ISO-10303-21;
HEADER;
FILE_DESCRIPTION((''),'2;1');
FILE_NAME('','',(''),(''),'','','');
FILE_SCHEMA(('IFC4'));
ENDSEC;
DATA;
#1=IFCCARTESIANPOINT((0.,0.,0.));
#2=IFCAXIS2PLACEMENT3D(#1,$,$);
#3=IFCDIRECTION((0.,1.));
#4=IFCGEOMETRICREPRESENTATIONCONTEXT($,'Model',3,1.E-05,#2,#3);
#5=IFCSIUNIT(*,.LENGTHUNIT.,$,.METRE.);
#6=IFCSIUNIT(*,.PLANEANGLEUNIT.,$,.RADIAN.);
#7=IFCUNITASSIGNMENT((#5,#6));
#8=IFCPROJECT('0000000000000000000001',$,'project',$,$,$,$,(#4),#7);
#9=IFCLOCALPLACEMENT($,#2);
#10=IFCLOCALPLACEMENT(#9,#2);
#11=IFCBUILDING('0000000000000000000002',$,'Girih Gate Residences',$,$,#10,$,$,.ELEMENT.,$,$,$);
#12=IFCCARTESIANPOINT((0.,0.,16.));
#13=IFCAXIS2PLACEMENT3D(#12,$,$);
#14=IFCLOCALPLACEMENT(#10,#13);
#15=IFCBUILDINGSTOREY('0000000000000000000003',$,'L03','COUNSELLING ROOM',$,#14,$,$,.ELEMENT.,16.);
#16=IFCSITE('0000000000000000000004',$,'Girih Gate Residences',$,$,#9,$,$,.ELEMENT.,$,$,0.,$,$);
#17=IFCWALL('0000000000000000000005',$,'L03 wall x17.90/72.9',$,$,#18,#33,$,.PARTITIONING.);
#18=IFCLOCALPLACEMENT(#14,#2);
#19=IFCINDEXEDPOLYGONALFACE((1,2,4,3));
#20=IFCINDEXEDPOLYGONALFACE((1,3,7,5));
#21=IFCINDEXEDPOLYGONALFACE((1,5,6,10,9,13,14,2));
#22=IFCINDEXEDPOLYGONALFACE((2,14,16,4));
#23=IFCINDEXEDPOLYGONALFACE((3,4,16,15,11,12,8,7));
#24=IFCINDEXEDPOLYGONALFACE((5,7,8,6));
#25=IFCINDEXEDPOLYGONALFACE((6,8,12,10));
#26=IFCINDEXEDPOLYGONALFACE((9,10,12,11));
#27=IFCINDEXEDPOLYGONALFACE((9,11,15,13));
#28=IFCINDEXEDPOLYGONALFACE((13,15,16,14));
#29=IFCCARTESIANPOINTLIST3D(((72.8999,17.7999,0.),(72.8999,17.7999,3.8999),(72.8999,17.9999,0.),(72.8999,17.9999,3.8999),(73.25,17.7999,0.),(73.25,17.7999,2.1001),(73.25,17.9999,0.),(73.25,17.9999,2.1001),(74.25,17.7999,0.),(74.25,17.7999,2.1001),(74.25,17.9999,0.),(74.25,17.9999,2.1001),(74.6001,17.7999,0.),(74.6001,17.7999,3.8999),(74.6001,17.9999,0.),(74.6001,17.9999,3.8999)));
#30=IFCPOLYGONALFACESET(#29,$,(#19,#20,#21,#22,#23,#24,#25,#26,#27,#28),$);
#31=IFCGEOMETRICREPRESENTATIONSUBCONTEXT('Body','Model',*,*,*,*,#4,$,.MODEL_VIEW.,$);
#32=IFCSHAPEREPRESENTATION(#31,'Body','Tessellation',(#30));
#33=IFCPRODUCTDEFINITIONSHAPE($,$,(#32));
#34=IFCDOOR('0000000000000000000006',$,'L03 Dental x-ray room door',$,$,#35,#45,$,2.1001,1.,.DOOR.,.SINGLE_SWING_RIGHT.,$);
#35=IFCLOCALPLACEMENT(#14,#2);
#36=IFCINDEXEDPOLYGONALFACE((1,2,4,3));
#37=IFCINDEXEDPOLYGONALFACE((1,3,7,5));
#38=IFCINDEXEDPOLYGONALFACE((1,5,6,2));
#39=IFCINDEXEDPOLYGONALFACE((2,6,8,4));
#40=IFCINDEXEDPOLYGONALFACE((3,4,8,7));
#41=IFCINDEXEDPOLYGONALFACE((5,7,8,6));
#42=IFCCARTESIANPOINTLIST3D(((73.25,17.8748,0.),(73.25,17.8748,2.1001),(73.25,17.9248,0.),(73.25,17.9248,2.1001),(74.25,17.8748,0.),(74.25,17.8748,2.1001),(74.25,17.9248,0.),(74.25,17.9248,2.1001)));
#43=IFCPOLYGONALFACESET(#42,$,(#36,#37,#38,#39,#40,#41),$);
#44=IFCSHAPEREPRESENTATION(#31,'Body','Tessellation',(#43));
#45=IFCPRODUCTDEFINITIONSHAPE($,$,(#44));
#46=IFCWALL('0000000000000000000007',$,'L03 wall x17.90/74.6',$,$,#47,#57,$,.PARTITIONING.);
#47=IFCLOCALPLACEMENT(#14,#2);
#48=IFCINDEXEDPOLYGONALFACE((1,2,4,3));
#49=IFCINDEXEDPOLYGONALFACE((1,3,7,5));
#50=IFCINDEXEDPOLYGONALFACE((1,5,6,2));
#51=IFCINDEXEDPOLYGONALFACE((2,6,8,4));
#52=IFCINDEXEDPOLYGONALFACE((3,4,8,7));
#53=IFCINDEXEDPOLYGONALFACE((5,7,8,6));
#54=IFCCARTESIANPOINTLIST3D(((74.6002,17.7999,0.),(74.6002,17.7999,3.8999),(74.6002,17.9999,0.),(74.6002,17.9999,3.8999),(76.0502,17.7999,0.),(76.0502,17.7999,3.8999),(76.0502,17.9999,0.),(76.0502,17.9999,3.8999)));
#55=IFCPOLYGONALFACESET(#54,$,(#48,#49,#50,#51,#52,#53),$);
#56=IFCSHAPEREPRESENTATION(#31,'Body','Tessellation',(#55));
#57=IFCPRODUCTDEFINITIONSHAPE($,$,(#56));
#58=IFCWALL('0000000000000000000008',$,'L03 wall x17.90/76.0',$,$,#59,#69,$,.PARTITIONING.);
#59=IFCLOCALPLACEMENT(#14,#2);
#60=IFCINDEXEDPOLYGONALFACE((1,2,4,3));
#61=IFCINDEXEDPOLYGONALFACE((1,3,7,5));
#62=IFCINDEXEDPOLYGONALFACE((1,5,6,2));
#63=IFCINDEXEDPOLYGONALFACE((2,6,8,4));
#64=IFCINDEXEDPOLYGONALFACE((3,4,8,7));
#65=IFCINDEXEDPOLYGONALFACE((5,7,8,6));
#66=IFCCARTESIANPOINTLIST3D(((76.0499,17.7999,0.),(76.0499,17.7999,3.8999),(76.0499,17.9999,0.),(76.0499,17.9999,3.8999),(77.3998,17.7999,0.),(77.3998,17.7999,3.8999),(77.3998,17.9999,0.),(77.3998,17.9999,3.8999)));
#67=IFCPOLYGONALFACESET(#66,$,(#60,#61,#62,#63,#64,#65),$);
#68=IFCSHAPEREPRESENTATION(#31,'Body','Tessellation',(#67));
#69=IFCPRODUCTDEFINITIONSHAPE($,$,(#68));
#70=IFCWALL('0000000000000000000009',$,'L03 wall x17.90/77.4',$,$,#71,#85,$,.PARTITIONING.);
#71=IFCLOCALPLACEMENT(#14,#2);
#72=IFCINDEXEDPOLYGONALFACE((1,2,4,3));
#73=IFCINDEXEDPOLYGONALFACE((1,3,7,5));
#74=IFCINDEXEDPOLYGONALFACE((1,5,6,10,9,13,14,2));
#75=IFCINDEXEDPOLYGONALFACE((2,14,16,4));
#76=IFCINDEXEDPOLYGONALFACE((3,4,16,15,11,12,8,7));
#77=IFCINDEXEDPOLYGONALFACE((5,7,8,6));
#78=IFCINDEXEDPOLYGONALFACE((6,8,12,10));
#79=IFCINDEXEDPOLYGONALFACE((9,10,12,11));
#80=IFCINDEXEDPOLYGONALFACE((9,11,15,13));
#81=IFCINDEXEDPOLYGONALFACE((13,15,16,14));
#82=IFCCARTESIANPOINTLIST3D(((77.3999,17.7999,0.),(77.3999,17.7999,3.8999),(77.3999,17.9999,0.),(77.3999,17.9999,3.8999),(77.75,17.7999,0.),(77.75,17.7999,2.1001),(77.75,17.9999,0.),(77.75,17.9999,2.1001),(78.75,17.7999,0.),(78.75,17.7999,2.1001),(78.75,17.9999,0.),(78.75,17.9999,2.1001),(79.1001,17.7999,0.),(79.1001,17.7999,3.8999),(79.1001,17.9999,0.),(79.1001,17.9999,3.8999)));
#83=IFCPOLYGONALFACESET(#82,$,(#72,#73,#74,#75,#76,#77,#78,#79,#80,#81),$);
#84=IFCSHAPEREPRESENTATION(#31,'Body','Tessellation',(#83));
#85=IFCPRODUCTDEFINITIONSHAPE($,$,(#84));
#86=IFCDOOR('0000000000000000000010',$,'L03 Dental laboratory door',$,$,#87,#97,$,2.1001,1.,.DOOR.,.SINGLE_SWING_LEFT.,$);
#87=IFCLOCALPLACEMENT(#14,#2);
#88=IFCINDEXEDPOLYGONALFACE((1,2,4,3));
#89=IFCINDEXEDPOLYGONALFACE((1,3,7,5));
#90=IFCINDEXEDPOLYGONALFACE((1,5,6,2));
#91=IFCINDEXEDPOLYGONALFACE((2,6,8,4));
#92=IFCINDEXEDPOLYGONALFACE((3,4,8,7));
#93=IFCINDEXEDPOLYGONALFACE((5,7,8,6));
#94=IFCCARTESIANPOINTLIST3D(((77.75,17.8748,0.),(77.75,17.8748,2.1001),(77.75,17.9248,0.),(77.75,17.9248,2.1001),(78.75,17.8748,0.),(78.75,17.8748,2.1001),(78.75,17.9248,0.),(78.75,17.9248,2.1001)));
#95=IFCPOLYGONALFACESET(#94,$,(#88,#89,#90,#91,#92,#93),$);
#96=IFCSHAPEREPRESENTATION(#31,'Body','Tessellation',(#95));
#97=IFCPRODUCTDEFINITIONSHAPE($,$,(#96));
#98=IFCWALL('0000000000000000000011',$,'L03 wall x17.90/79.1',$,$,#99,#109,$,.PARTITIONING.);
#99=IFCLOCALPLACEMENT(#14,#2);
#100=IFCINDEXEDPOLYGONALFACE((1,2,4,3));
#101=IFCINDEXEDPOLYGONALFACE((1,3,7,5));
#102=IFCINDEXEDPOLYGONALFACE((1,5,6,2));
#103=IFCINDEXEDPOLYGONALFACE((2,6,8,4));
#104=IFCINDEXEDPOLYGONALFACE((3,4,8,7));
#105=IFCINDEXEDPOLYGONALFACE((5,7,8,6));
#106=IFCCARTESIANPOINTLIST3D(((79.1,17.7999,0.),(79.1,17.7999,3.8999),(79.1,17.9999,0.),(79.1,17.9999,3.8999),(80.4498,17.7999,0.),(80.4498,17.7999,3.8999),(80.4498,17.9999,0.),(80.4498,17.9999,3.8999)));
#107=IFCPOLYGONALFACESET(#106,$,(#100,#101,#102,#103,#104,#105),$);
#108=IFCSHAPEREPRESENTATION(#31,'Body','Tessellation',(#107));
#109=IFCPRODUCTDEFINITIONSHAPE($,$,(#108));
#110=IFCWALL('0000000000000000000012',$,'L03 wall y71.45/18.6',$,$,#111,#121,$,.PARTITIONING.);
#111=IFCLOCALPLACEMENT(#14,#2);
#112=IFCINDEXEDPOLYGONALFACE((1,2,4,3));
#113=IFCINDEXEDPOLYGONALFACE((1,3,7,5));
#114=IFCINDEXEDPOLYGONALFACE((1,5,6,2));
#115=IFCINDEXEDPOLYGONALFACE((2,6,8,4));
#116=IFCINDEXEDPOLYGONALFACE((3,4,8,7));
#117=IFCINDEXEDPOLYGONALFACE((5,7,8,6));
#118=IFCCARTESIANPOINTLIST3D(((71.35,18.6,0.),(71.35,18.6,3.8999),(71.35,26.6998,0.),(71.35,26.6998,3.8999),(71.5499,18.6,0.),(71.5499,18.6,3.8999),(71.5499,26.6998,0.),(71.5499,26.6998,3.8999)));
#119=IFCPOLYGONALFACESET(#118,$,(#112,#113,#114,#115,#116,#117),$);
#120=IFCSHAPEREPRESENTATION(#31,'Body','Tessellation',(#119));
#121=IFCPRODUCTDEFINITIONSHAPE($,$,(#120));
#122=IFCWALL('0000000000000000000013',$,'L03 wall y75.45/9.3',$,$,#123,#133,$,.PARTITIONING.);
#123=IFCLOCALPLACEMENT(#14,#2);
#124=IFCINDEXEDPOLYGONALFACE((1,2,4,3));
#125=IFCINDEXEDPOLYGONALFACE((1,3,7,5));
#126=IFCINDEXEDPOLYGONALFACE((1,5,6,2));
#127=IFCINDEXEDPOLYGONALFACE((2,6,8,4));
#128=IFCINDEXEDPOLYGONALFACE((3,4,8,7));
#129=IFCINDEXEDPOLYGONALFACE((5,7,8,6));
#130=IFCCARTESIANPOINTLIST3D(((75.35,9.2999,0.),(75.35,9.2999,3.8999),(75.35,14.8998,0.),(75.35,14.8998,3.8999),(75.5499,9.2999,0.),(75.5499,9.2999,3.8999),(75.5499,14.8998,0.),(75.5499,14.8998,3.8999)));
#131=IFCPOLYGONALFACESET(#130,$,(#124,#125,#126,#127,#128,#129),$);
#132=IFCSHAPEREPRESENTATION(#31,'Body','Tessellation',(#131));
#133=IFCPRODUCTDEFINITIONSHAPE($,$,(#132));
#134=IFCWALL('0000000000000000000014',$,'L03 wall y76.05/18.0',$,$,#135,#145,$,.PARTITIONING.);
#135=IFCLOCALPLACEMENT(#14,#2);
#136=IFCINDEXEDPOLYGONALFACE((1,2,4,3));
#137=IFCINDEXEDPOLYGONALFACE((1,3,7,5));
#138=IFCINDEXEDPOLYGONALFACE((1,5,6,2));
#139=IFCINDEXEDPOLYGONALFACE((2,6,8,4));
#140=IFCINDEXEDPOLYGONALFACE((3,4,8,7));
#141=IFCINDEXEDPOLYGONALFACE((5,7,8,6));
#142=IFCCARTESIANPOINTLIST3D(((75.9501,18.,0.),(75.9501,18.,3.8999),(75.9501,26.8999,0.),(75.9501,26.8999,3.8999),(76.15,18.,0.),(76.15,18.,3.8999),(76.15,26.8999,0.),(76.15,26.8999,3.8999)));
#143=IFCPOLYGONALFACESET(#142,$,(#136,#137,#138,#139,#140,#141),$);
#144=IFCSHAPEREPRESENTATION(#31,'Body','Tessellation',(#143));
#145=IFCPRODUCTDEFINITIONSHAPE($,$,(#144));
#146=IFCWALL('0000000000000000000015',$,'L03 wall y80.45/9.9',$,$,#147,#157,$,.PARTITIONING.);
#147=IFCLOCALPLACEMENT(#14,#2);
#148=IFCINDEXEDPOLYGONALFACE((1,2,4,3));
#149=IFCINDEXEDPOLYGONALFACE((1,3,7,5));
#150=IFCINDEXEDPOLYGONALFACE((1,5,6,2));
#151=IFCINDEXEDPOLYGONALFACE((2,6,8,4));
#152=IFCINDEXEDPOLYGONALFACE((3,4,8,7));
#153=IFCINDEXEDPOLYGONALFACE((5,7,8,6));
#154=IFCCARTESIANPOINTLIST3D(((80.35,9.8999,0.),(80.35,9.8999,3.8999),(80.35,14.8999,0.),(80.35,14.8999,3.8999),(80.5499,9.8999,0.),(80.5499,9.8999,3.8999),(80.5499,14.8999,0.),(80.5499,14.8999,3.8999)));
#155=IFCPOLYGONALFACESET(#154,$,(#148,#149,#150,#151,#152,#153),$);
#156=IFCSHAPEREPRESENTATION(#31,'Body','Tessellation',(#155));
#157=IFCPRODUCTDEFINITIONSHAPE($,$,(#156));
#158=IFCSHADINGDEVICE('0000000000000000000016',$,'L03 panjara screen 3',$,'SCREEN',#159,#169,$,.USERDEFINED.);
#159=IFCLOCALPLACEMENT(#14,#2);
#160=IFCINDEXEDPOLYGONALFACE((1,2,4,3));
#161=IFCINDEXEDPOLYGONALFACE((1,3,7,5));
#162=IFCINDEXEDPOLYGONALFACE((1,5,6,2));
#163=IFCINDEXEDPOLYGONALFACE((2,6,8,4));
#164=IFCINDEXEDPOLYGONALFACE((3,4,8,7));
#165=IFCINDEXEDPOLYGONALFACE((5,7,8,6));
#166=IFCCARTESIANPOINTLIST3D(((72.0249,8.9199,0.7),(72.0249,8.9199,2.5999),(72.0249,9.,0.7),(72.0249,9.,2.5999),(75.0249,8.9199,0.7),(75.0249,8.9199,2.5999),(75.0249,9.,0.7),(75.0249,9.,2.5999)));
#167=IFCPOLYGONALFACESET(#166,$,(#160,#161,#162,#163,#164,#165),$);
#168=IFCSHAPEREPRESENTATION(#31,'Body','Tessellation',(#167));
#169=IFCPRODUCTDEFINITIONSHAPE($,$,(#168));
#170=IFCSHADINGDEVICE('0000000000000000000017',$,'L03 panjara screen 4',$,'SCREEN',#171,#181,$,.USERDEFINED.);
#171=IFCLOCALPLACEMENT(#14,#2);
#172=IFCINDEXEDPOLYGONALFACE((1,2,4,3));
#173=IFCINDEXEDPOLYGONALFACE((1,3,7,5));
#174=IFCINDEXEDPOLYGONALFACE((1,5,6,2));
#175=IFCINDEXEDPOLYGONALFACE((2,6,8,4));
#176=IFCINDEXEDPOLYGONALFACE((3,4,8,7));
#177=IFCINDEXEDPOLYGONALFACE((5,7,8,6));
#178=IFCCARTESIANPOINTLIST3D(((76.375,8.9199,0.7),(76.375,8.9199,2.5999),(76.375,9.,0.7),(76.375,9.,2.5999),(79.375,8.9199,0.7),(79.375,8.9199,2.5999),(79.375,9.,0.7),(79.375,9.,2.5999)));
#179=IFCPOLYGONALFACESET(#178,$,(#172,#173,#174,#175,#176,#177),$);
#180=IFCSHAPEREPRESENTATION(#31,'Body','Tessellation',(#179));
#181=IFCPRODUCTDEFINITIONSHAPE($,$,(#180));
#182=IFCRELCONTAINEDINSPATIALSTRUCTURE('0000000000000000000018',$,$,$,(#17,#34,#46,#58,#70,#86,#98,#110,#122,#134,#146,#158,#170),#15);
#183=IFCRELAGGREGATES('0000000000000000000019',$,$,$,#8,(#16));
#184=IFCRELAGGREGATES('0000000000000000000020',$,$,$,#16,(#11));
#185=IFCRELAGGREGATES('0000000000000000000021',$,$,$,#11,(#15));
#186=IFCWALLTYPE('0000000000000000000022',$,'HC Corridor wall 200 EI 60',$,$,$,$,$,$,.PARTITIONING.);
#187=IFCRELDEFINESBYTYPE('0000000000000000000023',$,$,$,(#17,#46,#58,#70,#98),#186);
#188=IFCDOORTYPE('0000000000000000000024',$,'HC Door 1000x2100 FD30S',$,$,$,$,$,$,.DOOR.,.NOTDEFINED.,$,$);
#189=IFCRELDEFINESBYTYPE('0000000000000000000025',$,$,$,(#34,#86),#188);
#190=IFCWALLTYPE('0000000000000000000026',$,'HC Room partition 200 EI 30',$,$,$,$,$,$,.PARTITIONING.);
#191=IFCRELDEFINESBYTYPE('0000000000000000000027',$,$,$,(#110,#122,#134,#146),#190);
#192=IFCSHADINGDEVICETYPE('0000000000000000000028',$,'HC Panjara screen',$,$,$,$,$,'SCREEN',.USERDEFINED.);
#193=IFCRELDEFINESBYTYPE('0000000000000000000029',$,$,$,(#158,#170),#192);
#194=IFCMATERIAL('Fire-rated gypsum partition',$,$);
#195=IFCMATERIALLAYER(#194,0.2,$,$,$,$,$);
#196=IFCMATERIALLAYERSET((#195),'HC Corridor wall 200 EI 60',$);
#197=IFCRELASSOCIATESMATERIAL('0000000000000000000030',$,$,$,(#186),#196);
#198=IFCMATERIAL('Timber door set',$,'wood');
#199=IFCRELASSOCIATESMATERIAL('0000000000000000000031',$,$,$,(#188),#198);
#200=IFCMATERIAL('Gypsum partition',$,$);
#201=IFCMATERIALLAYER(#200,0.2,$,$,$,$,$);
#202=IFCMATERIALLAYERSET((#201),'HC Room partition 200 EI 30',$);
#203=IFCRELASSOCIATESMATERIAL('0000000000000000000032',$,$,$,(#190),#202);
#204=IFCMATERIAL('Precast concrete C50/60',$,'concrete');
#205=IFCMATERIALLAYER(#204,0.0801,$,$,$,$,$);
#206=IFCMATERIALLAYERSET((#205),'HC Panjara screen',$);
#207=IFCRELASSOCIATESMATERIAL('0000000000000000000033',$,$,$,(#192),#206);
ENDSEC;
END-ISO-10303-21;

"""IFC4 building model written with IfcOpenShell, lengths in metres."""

from ifc_helpers import new_model, si_unit, direction, frame, frame_2d, origin, origin_2d, place, context, subcontext, project, spatial, rectangle, extrude, material, layer, layer_set, type_object, element, fill, save


model = new_model("IFC4")

# Units and contexts
model_context = context("Model", 3, precision=1e-05, world=origin(), true_north=direction((0.0, 1.0)))
body_context = subcontext(model_context, "Body", "Model", "MODEL_VIEW")
ifc_project = project(units=[si_unit("LENGTHUNIT", "METRE"), si_unit("PLANEANGLEUNIT", "RADIAN")], contexts=[model_context])

# Site, building, storey
site_placement = place(None, origin())
site = spatial("IfcSite", under=ifc_project, at=site_placement, Name="Girih Gate Residences", CompositionType="ELEMENT", RefElevation=0.0)
building_placement = place(site_placement, origin())
building = spatial("IfcBuilding", under=site, at=building_placement, Name="Girih Gate Residences", CompositionType="ELEMENT")
storey_placement = place(building_placement, frame((0.0, 0.0, 16.0)))
storey = spatial("IfcBuildingStorey", under=building, at=storey_placement, Name="L03", Description="COUNSELLING ROOM", CompositionType="ELEMENT", Elevation=16.0)

# Shared definitions
ifc_material_1 = material(Name="Fire-rated gypsum partition")
ifc_layer_1 = layer(ifc_material_1, 0.2)
ifc_layer_set_1 = layer_set([ifc_layer_1], Name="HC Corridor wall 200 EI 60")
wall_type_1 = type_object("IfcWallType", Name="HC Corridor wall 200 EI 60", PredefinedType="PARTITIONING", material=ifc_layer_set_1)
ifc_material_2 = material(Name="Timber door set", Category="wood")
door_type = type_object("IfcDoorType", Name="HC Door 1000x2100 FD30S", OperationType="NOTDEFINED", PredefinedType="DOOR", material=ifc_material_2)

# Wall, opening, door
wall_1_placement = place(storey_placement, frame((72.8999, 17.8999, 0.0), z_axis=(0.0, 0.0, 1.0), x_axis=(1.0, 0.0, 0.0)))
wall_1 = element("IfcWall", 1, at=wall_1_placement, inside=storey, type_object=wall_type_1, Name="L03 wall x17.90/72.9", PredefinedType="PARTITIONING", context=body_context, shape_type="SweptSolid", body=[
    extrude(rectangle(XDim=1.7002, YDim=0.2, at=frame_2d((0.8501, 0.0))), origin(), (0.0, 0.0, 1.0), 3.8999),
])
opening_1_placement = place(wall_1_placement, frame((0.3501, 0.0, 0.0)))
opening_1 = element("IfcOpeningElement", 2, at=opening_1_placement, cuts=wall_1, PredefinedType="OPENING", context=body_context, shape_type="SweptSolid", body=[
    extrude(rectangle(XDim=1.0, YDim=2.1001, at=frame_2d((0.5, 1.05))), frame((0.0, 0.1099, 0.0), z_axis=(0.0, -1.0, 0.0), x_axis=(1.0, 0.0, 0.0)), (0.0, 0.0, 1.0), 0.22),
])
door_1_placement = place(opening_1_placement, origin())
door_1 = element("IfcDoor", 3, at=door_1_placement, inside=storey, type_object=door_type, Name="L03 Dental x-ray room door", OperationType="SINGLE_SWING_RIGHT", OverallHeight=2.1001, OverallWidth=1.0, PredefinedType="DOOR", context=body_context, shape_type="SweptSolid", body=[
    extrude(rectangle(XDim=1.0, YDim=2.1001, at=frame_2d((0.5, 1.05))), frame((0.0, 0.0249, 0.0), z_axis=(0.0, -1.0, 0.0), x_axis=(1.0, 0.0, 0.0)), (0.0, 0.0, 1.0), 0.05),
])
fill(opening_1, door_1)

# Walls
wall_2_placement = place(storey_placement, frame((74.6001, 17.8999, 0.0), z_axis=(0.0, 0.0, 1.0), x_axis=(1.0, 0.0, 0.0)))
element("IfcWall", 4, at=wall_2_placement, inside=storey, type_object=wall_type_1, Name="L03 wall x17.90/74.6", PredefinedType="PARTITIONING", context=body_context, shape_type="SweptSolid", body=[
    extrude(rectangle(XDim=1.45, YDim=0.2, at=frame_2d((0.7251, 0.0))), origin(), (0.0, 0.0, 1.0), 3.8999),
])
wall_3_placement = place(storey_placement, frame((76.05, 17.8999, 0.0), z_axis=(0.0, 0.0, 1.0), x_axis=(1.0, 0.0, 0.0)))
element("IfcWall", 5, at=wall_3_placement, inside=storey, type_object=wall_type_1, Name="L03 wall x17.90/76.0", PredefinedType="PARTITIONING", context=body_context, shape_type="SweptSolid", body=[
    extrude(rectangle(XDim=1.3499, YDim=0.2, at=frame_2d((0.6748, 0.0))), origin(), (0.0, 0.0, 1.0), 3.8999),
])

# Wall, opening, door
wall_4_placement = place(storey_placement, frame((77.3999, 17.8999, 0.0), z_axis=(0.0, 0.0, 1.0), x_axis=(1.0, 0.0, 0.0)))
wall_4 = element("IfcWall", 6, at=wall_4_placement, inside=storey, type_object=wall_type_1, Name="L03 wall x17.90/77.4", PredefinedType="PARTITIONING", context=body_context, shape_type="SweptSolid", body=[
    extrude(rectangle(XDim=1.7002, YDim=0.2, at=frame_2d((0.8501, 0.0))), origin(), (0.0, 0.0, 1.0), 3.8999),
])
opening_2_placement = place(wall_4_placement, frame((0.3501, 0.0, 0.0)))
opening_2 = element("IfcOpeningElement", 7, at=opening_2_placement, cuts=wall_4, PredefinedType="OPENING", context=body_context, shape_type="SweptSolid", body=[
    extrude(rectangle(XDim=1.0, YDim=2.1001, at=frame_2d((0.5, 1.05))), frame((0.0, 0.1099, 0.0), z_axis=(0.0, -1.0, 0.0), x_axis=(1.0, 0.0, 0.0)), (0.0, 0.0, 1.0), 0.22),
])
door_2_placement = place(opening_2_placement, origin())
door_2 = element("IfcDoor", 8, at=door_2_placement, inside=storey, type_object=door_type, Name="L03 Dental laboratory door", OperationType="SINGLE_SWING_LEFT", OverallHeight=2.1001, OverallWidth=1.0, PredefinedType="DOOR", context=body_context, shape_type="SweptSolid", body=[
    extrude(rectangle(XDim=1.0, YDim=2.1001, at=frame_2d((0.5, 1.05))), frame((0.0, 0.0249, 0.0), z_axis=(0.0, -1.0, 0.0), x_axis=(1.0, 0.0, 0.0)), (0.0, 0.0, 1.0), 0.05),
])
fill(opening_2, door_2)

# Walls
wall_5_placement = place(storey_placement, frame((79.1001, 17.8999, 0.0), z_axis=(0.0, 0.0, 1.0), x_axis=(1.0, 0.0, 0.0)))
element("IfcWall", 9, at=wall_5_placement, inside=storey, type_object=wall_type_1, Name="L03 wall x17.90/79.1", PredefinedType="PARTITIONING", context=body_context, shape_type="SweptSolid", body=[
    extrude(rectangle(XDim=1.3499, YDim=0.2, at=frame_2d((0.6748, 0.0))), origin(), (0.0, 0.0, 1.0), 3.8999),
])
ifc_material_3 = material(Name="Gypsum partition")
ifc_layer_2 = layer(ifc_material_3, 0.2)
ifc_layer_set_2 = layer_set([ifc_layer_2], Name="HC Room partition 200 EI 30")
wall_type_2 = type_object("IfcWallType", Name="HC Room partition 200 EI 30", PredefinedType="PARTITIONING", material=ifc_layer_set_2)
wall_6_placement = place(storey_placement, frame((71.45, 18.6001, 0.0), z_axis=(0.0, 0.0, 1.0), x_axis=(0.0, 1.0, 0.0)))
element("IfcWall", 10, at=wall_6_placement, inside=storey, type_object=wall_type_2, Name="L03 wall y71.45/18.6", PredefinedType="PARTITIONING", context=body_context, shape_type="SweptSolid", body=[
    extrude(rectangle(XDim=8.0999, YDim=0.2, at=frame_2d((4.0498, 0.0))), origin(), (0.0, 0.0, 1.0), 3.8999),
])
wall_7_placement = place(storey_placement, frame((75.45, 9.3, 0.0), z_axis=(0.0, 0.0, 1.0), x_axis=(0.0, 1.0, 0.0)))
element("IfcWall", 11, at=wall_7_placement, inside=storey, type_object=wall_type_2, Name="L03 wall y75.45/9.3", PredefinedType="PARTITIONING", context=body_context, shape_type="SweptSolid", body=[
    extrude(rectangle(XDim=5.5999, YDim=0.2, at=frame_2d((2.7998, 0.0))), origin(), (0.0, 0.0, 1.0), 3.8999),
])
wall_8_placement = place(storey_placement, frame((76.05, 18.0, 0.0), z_axis=(0.0, 0.0, 1.0), x_axis=(0.0, 1.0, 0.0)))
element("IfcWall", 12, at=wall_8_placement, inside=storey, type_object=wall_type_2, Name="L03 wall y76.05/18.0", PredefinedType="PARTITIONING", context=body_context, shape_type="SweptSolid", body=[
    extrude(rectangle(XDim=8.8999, YDim=0.2, at=frame_2d((4.45, 0.0))), origin(), (0.0, 0.0, 1.0), 3.8999),
])
wall_9_placement = place(storey_placement, frame((80.45, 9.8999, 0.0), z_axis=(0.0, 0.0, 1.0), x_axis=(0.0, 1.0, 0.0)))
element("IfcWall", 13, at=wall_9_placement, inside=storey, type_object=wall_type_2, Name="L03 wall y80.45/9.9", PredefinedType="PARTITIONING", context=body_context, shape_type="SweptSolid", body=[
    extrude(rectangle(XDim=5.0, YDim=0.2, at=frame_2d((2.5, 0.0))), origin(), (0.0, 0.0, 1.0), 3.8999),
])

# Shading devices
ifc_material_4 = material(Name="Precast concrete C50/60", Category="concrete")
ifc_layer_3 = layer(ifc_material_4, 0.0801)
ifc_layer_set_3 = layer_set([ifc_layer_3], Name="HC Panjara screen")
shading_device_type = type_object("IfcShadingDeviceType", Name="HC Panjara screen", ElementType="SCREEN", PredefinedType="USERDEFINED", material=ifc_layer_set_3)
for number, where, z_axis, x_axis, name in (
    (14, (73.5249, 8.96, 0.7), (0.0, 0.0, 1.0), (1.0, 0.0, 0.0), "L03 panjara screen 3"),
    (15, (77.875, 8.96, 0.7), (0.0, 0.0, 1.0), (1.0, 0.0, 0.0), "L03 panjara screen 4"),
):
    element("IfcShadingDevice", number, at=place(storey_placement, frame(where, z_axis=z_axis, x_axis=x_axis)), inside=storey, type_object=shading_device_type, Name=name, ObjectType="SCREEN", PredefinedType="USERDEFINED", context=body_context, shape_type="SweptSolid", body=[
        extrude(rectangle(XDim=3.0, YDim=0.0801, at=origin_2d()), origin(), (0.0, 0.0, 1.0), 1.8999),
    ])

save(model, "model.ifc")
